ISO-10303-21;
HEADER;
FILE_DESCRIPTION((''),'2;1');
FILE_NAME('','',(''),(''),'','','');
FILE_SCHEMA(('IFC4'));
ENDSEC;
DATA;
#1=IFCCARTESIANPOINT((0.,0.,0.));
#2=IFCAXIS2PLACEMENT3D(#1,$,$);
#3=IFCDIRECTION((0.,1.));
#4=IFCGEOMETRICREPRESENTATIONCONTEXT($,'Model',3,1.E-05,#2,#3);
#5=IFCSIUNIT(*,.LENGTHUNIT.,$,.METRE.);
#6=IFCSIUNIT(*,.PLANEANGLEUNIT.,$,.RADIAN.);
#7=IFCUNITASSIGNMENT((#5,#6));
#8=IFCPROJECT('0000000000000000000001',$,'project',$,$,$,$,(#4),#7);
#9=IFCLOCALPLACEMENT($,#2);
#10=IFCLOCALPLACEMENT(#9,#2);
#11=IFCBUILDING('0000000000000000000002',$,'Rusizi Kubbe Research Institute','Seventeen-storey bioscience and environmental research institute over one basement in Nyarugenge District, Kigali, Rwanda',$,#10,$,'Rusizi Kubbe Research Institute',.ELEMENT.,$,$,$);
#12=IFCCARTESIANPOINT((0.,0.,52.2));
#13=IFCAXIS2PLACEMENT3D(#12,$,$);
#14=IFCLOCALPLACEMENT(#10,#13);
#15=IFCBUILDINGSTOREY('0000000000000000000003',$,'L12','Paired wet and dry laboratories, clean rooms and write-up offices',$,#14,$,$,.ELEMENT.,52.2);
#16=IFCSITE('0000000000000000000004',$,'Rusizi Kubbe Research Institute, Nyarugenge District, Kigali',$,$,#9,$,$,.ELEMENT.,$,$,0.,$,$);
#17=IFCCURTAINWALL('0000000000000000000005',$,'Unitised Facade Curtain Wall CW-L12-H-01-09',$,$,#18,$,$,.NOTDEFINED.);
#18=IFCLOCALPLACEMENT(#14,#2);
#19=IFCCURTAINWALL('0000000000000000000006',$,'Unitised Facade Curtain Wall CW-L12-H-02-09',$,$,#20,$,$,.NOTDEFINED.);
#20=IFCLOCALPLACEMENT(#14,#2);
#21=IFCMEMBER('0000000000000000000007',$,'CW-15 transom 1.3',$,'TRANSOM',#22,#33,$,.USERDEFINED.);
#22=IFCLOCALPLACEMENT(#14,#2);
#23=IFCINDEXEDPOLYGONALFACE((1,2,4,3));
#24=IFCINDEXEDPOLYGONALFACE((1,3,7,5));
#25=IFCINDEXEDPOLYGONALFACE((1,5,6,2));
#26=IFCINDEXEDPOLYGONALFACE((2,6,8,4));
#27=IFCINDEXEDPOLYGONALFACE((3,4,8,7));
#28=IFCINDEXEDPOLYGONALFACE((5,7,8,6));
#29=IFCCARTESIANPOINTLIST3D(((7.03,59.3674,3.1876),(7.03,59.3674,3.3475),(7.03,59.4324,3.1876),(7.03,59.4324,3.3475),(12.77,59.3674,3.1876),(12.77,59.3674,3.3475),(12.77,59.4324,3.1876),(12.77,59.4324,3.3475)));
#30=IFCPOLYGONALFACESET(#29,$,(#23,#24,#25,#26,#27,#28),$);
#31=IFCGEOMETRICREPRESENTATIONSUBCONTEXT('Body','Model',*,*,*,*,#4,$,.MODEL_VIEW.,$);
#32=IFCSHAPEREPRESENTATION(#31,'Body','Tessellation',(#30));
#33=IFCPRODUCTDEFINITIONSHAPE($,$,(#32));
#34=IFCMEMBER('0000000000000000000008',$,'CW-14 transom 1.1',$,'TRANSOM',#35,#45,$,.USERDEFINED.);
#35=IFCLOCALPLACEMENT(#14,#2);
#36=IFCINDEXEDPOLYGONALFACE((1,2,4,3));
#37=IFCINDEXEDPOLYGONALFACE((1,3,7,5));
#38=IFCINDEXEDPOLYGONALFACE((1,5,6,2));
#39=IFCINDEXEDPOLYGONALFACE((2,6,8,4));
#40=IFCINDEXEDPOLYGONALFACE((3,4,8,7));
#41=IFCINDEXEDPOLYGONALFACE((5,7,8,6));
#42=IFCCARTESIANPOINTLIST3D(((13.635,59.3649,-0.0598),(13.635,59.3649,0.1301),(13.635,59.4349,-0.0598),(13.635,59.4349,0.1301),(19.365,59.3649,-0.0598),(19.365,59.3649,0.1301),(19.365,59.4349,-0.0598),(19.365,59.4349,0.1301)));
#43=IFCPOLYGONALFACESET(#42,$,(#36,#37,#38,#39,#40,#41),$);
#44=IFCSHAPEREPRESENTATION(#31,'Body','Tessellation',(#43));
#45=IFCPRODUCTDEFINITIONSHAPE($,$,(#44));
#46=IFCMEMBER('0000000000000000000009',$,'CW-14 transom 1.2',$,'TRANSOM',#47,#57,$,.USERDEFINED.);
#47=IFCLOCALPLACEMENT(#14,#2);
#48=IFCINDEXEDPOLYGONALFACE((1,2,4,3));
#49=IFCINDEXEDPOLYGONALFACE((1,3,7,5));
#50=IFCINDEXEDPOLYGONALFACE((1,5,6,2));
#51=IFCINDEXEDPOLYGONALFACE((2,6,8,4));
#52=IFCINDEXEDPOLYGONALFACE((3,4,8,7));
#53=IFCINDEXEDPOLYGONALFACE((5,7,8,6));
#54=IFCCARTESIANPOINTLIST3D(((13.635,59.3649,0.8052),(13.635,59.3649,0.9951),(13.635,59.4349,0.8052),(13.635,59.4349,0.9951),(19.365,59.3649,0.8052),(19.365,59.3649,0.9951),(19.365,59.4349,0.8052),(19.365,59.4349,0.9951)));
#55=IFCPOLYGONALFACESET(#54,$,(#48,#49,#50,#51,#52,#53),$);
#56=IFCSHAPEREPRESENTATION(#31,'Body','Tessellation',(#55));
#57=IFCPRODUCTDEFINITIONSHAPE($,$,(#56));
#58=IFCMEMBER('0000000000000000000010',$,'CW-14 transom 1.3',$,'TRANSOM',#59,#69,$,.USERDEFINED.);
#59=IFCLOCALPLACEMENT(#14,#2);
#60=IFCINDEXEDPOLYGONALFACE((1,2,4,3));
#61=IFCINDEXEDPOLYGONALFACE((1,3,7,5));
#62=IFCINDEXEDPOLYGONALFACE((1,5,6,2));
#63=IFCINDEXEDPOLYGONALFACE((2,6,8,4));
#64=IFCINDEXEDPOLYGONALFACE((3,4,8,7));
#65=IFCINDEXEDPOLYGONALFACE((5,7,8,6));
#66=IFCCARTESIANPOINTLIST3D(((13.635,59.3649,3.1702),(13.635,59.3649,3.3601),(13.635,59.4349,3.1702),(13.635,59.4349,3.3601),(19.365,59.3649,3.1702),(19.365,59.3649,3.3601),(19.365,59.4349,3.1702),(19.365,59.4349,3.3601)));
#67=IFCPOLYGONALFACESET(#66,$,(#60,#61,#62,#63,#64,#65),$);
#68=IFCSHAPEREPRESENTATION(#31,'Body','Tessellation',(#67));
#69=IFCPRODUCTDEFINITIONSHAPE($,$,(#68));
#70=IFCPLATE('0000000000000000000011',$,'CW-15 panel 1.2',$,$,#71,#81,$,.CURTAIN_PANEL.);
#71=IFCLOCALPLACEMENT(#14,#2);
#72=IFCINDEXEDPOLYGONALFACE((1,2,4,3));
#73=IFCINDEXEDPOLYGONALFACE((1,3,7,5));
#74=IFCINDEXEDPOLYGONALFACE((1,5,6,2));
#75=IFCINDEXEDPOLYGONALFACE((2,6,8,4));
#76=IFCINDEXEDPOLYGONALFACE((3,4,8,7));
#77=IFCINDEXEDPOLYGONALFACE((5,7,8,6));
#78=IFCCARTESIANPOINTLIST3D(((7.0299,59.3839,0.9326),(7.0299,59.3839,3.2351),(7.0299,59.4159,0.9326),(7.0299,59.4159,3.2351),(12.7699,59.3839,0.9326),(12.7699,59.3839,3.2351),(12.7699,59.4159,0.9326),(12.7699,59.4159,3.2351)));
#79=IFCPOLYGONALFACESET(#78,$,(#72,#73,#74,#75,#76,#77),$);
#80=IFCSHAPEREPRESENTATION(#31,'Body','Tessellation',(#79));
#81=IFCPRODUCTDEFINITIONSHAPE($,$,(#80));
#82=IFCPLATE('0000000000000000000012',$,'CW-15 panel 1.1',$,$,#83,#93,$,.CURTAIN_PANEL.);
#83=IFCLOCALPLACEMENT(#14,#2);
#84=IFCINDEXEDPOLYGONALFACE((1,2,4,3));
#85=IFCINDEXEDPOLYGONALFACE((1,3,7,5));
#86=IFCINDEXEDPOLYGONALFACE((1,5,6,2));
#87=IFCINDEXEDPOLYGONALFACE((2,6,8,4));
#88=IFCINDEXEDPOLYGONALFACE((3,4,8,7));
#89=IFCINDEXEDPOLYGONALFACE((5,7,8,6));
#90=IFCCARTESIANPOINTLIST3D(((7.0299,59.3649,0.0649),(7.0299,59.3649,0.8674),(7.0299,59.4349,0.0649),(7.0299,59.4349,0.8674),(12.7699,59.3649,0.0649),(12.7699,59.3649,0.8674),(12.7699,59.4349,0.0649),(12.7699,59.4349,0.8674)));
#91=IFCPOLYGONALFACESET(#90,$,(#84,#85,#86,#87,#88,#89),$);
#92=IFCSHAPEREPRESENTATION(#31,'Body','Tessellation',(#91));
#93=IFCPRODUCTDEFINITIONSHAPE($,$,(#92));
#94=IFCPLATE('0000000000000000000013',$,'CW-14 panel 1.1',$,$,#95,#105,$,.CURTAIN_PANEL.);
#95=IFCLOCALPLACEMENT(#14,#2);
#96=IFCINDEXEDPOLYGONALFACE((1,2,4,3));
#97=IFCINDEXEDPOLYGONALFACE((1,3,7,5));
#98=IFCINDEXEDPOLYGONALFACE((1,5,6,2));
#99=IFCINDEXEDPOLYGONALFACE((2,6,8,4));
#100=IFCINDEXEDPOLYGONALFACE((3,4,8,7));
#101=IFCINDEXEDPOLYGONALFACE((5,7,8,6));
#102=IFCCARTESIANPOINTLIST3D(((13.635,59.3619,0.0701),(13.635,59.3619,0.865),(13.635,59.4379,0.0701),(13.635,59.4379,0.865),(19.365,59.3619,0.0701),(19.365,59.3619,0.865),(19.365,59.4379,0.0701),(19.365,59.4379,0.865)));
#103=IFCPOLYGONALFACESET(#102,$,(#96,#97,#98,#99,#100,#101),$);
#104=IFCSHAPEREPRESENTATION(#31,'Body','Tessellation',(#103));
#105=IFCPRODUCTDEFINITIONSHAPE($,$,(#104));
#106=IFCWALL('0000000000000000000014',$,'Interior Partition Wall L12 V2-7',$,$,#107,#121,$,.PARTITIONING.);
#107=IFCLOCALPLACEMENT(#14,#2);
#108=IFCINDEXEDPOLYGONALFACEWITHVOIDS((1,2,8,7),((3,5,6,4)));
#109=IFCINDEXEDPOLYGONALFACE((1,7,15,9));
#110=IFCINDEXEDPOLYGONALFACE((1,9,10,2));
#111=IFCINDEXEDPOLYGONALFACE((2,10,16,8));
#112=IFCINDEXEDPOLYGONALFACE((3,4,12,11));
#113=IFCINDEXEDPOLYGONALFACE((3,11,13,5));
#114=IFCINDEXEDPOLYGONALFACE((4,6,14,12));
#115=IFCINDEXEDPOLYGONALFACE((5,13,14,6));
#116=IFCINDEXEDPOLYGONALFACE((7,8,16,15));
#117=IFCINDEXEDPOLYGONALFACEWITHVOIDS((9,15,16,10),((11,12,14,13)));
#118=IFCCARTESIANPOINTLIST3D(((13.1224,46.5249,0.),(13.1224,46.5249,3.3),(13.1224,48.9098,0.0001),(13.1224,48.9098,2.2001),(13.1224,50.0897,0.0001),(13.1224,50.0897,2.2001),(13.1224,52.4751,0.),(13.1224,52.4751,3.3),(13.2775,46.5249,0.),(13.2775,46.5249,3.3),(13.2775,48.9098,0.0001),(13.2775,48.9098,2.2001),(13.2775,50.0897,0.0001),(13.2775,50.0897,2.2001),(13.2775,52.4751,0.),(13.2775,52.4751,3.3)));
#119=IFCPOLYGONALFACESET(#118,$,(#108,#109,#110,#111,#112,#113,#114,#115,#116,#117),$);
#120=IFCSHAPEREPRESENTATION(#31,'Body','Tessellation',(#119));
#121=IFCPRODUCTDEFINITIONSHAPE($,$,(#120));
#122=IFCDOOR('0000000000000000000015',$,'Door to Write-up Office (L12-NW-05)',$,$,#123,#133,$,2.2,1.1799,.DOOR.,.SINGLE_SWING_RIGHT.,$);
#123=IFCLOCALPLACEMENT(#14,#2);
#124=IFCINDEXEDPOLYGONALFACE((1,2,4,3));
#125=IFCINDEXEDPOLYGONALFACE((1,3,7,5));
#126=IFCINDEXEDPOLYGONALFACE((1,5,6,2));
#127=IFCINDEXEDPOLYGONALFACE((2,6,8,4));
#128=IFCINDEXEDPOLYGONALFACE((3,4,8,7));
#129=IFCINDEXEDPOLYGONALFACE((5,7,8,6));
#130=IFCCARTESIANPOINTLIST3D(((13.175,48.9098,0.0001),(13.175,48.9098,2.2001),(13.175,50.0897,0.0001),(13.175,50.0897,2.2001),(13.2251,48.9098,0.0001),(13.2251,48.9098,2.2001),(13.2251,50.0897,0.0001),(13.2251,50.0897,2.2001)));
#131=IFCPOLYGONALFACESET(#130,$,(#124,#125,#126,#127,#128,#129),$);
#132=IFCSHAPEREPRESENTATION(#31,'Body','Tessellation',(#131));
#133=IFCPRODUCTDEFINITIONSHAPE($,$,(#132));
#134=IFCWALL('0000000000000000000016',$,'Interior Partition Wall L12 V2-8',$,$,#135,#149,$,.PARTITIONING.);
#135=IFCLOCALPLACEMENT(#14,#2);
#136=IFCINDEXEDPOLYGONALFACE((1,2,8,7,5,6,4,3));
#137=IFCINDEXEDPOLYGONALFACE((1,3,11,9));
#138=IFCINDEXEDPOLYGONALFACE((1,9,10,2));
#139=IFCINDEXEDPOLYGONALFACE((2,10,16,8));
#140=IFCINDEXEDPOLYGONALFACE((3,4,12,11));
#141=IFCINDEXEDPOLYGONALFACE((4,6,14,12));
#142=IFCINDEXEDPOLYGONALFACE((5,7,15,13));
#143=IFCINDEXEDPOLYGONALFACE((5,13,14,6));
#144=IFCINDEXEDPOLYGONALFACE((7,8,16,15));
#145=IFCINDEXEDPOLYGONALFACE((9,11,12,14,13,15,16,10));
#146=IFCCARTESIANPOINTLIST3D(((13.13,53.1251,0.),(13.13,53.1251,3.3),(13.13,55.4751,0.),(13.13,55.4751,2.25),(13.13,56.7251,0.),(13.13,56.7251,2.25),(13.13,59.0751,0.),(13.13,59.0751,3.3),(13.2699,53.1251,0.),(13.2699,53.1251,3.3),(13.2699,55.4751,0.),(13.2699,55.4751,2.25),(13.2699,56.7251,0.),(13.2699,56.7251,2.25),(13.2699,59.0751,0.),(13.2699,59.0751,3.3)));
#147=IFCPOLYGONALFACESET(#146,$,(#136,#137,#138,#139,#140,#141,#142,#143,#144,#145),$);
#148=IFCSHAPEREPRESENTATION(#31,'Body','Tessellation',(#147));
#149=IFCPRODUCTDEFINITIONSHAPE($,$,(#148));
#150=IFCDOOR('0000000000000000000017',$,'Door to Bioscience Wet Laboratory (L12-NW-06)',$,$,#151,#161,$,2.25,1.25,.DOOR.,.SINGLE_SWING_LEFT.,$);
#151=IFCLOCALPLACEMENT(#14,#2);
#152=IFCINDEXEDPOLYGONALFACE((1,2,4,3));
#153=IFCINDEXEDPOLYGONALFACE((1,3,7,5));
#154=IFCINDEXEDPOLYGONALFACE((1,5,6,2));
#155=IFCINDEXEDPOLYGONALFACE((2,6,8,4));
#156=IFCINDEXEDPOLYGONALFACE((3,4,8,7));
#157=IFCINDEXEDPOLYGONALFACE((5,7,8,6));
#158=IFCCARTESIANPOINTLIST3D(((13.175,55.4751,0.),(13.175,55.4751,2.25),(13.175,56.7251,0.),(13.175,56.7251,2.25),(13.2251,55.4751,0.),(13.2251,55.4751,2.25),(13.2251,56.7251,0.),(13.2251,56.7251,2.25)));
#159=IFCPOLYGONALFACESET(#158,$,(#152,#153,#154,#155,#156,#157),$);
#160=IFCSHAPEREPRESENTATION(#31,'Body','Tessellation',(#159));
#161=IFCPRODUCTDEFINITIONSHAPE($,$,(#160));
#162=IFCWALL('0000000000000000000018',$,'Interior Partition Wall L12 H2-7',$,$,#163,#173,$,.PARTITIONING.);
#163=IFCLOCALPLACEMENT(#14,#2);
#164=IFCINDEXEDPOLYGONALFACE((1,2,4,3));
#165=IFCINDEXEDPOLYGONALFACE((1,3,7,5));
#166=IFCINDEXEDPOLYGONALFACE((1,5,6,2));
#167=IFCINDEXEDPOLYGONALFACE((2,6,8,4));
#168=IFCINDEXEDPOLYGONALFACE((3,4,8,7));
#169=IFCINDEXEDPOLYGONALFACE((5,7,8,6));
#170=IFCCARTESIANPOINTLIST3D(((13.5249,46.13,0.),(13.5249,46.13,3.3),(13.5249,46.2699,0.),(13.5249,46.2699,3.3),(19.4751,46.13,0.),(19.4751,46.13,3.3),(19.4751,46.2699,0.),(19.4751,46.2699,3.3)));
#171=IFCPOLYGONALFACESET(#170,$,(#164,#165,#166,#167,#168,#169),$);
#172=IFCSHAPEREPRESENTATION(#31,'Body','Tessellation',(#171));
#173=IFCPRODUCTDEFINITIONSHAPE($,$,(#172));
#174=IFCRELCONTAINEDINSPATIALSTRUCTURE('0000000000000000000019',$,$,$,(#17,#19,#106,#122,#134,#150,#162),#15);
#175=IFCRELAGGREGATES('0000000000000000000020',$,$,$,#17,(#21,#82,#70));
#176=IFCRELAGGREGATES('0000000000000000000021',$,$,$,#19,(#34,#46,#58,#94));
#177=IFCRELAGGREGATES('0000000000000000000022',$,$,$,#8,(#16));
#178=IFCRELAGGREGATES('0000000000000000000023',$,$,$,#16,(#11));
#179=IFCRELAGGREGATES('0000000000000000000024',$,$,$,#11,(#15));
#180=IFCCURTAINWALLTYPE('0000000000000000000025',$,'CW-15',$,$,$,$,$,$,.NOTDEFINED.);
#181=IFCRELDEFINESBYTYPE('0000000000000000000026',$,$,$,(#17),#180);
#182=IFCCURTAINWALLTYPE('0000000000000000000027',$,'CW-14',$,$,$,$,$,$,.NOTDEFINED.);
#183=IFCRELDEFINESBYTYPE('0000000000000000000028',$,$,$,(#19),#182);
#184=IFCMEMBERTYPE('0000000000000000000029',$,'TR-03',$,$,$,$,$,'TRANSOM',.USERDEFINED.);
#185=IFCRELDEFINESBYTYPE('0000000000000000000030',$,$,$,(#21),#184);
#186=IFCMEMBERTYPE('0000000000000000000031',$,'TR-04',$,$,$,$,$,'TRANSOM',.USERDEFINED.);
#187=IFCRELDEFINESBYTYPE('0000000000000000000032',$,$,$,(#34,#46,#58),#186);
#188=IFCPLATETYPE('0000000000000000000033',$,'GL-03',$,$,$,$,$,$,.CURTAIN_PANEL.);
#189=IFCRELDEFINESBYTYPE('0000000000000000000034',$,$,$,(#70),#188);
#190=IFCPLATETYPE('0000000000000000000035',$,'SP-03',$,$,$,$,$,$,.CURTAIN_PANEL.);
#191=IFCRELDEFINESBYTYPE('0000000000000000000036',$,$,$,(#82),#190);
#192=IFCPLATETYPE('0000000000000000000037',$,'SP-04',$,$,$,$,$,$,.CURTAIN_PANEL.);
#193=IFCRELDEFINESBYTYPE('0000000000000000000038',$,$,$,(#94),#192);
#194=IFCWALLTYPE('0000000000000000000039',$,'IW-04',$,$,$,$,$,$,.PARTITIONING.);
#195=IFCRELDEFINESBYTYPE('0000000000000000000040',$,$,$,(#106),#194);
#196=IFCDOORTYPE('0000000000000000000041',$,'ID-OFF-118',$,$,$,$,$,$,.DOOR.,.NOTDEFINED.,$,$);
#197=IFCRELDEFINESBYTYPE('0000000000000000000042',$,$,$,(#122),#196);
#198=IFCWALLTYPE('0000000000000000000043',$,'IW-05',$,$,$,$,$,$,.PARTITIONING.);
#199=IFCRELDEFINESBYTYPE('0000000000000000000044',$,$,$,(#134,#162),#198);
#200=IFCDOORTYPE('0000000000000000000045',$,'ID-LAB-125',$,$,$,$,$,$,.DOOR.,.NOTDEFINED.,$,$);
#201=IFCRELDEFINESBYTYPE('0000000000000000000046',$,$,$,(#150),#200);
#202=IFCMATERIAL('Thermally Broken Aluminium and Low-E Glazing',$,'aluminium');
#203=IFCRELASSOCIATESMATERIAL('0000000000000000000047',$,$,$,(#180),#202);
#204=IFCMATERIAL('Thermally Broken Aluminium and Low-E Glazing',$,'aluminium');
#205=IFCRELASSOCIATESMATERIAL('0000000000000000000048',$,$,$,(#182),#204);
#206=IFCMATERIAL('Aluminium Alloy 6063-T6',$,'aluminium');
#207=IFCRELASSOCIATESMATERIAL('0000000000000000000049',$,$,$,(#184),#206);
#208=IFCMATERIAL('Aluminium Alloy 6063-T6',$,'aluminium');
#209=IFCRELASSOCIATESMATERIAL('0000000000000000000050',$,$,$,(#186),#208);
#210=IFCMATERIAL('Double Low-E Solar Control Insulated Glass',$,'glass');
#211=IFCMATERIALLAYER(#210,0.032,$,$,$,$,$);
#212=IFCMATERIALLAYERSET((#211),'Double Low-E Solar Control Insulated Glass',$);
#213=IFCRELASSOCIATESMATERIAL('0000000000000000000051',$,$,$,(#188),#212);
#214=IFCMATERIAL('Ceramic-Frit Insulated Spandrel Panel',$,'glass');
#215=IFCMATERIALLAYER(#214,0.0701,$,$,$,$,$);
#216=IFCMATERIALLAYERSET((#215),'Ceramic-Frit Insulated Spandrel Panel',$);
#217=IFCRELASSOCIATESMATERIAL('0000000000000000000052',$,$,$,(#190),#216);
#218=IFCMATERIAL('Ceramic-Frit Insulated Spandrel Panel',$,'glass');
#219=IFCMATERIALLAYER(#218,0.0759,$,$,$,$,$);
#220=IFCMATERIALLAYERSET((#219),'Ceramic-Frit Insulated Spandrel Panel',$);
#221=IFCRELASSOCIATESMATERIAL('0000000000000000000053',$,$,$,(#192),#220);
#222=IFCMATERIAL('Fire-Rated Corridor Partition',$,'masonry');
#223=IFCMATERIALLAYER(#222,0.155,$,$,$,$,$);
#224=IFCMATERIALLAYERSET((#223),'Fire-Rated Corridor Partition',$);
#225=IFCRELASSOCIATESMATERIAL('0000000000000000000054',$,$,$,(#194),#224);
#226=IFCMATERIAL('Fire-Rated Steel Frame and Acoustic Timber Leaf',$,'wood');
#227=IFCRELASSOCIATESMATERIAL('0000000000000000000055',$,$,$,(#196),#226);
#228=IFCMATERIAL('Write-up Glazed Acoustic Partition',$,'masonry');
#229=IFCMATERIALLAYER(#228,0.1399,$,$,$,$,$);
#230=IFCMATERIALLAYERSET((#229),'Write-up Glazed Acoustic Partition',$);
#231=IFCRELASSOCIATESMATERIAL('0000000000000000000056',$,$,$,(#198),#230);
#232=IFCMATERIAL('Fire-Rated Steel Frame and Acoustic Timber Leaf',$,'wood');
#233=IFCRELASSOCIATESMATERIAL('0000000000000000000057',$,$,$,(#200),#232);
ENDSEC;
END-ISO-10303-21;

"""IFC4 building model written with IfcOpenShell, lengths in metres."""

from ifc_helpers import new_model, si_unit, direction, frame, frame_2d, origin, origin_2d, place, context, subcontext, project, spatial, rectangle, extrude, material, layer, layer_set, material_profile, profile_set, type_object, element, fill, aggregate, save


model = new_model("IFC4")

# Units and contexts
model_context = context("Model", 3, precision=1e-05, world=origin(), true_north=direction((0.0, 1.0)))
body_context = subcontext(model_context, "Body", "Model", "MODEL_VIEW")
ifc_project = project(units=[si_unit("LENGTHUNIT", "METRE"), si_unit("PLANEANGLEUNIT", "RADIAN")], contexts=[model_context])

# Site, building, storey
site_placement = place(None, origin())
site = spatial("IfcSite", under=ifc_project, at=site_placement, Name="Rusizi Kubbe Research Institute, Nyarugenge District, Kigali", CompositionType="ELEMENT", RefElevation=0.0)
building_placement = place(site_placement, origin())
building = spatial("IfcBuilding", under=site, at=building_placement, Name="Rusizi Kubbe Research Institute", Description="Seventeen-storey bioscience and environmental research institute over one basement in Nyarugenge District, Kigali, Rwanda", LongName="Rusizi Kubbe Research Institute", CompositionType="ELEMENT")
storey_placement = place(building_placement, frame((0.0, 0.0, 52.2)))
storey = spatial("IfcBuildingStorey", under=building, at=storey_placement, Name="L12", Description="Paired wet and dry laboratories, clean rooms and write-up offices", CompositionType="ELEMENT", Elevation=52.2)

# Curtain wall
ifc_material_1 = material(Name="Thermally Broken Aluminium and Low-E Glazing", Category="aluminium")
curtain_wall_type_1 = type_object("IfcCurtainWallType", Name="CW-15", PredefinedType="NOTDEFINED", material=ifc_material_1)
curtain_wall_1_placement = place(storey_placement, origin())
curtain_wall_1 = element("IfcCurtainWall", 1, at=curtain_wall_1_placement, inside=storey, type_object=curtain_wall_type_1, Name="Unitised Facade Curtain Wall CW-L12-H-01-09", PredefinedType="NOTDEFINED")

# Curtain wall
ifc_material_2 = material(Name="Thermally Broken Aluminium and Low-E Glazing", Category="aluminium")
curtain_wall_type_2 = type_object("IfcCurtainWallType", Name="CW-14", PredefinedType="NOTDEFINED", material=ifc_material_2)
curtain_wall_2_placement = place(storey_placement, origin())
curtain_wall_2 = element("IfcCurtainWall", 2, at=curtain_wall_2_placement, inside=storey, type_object=curtain_wall_type_2, Name="Unitised Facade Curtain Wall CW-L12-H-02-09", PredefinedType="NOTDEFINED")

# Members
ifc_material_3 = material(Name="Aluminium Alloy 6063-T6", Category="aluminium")
ifc_material_profile_1 = material_profile(ifc_material_3, rectangle(XDim=0.0649, YDim=0.1599, at=origin_2d()), Name="ALU-T 65x160")
ifc_profile_set_1 = profile_set([ifc_material_profile_1], Name="Aluminium Alloy 6063-T6")
member_type_1 = type_object("IfcMemberType", Name="TR-03", ElementType="TRANSOM", PredefinedType="USERDEFINED", material=ifc_profile_set_1)
member_1_placement = place(storey_placement, frame((7.03, 59.3999, 3.2676), z_axis=(1.0, 0.0, 0.0), x_axis=(0.0, 1.0, 0.0)))
member_1 = element("IfcMember", 3, at=member_1_placement, type_object=member_type_1, Name="CW-15 transom 1.3", ObjectType="TRANSOM", PredefinedType="USERDEFINED", context=body_context, shape_type="SweptSolid", body=[
    extrude(rectangle(XDim=0.0649, YDim=0.1599, at=origin_2d()), origin(), (0.0, 0.0, 1.0), 5.74),
])
ifc_material_4 = material(Name="Aluminium Alloy 6063-T6", Category="aluminium")
ifc_material_profile_2 = material_profile(ifc_material_4, rectangle(XDim=0.0701, YDim=0.1899, at=origin_2d()), Name="ALU-T 70x190")
ifc_profile_set_2 = profile_set([ifc_material_profile_2], Name="Aluminium Alloy 6063-T6")
member_type_2 = type_object("IfcMemberType", Name="TR-04", ElementType="TRANSOM", PredefinedType="USERDEFINED", material=ifc_profile_set_2)
member_2_placement = place(storey_placement, frame((13.635, 59.3999, 0.0352), z_axis=(1.0, 0.0, 0.0), x_axis=(0.0, 1.0, 0.0)))
member_2 = element("IfcMember", 4, at=member_2_placement, type_object=member_type_2, Name="CW-14 transom 1.1", ObjectType="TRANSOM", PredefinedType="USERDEFINED", context=body_context, shape_type="SweptSolid", body=[
    extrude(rectangle(XDim=0.0701, YDim=0.1899, at=origin_2d()), origin(), (0.0, 0.0, 1.0), 5.73),
])
member_3_placement = place(storey_placement, frame((13.635, 59.3999, 0.9001), z_axis=(1.0, 0.0, 0.0), x_axis=(0.0, 1.0, 0.0)))
member_3 = element("IfcMember", 5, at=member_3_placement, type_object=member_type_2, Name="CW-14 transom 1.2", ObjectType="TRANSOM", PredefinedType="USERDEFINED", context=body_context, shape_type="SweptSolid", body=[
    extrude(rectangle(XDim=0.0701, YDim=0.1899, at=origin_2d()), origin(), (0.0, 0.0, 1.0), 5.73),
])
member_4_placement = place(storey_placement, frame((13.635, 59.3999, 3.2651), z_axis=(1.0, 0.0, 0.0), x_axis=(0.0, 1.0, 0.0)))
member_4 = element("IfcMember", 6, at=member_4_placement, type_object=member_type_2, Name="CW-14 transom 1.3", ObjectType="TRANSOM", PredefinedType="USERDEFINED", context=body_context, shape_type="SweptSolid", body=[
    extrude(rectangle(XDim=0.0701, YDim=0.1899, at=origin_2d()), origin(), (0.0, 0.0, 1.0), 5.73),
])

# Plates
ifc_material_5 = material(Name="Double Low-E Solar Control Insulated Glass", Category="glass")
ifc_layer_1 = layer(ifc_material_5, 0.032)
ifc_layer_set_1 = layer_set([ifc_layer_1], Name="Double Low-E Solar Control Insulated Glass")
plate_type_1 = type_object("IfcPlateType", Name="GL-03", PredefinedType="CURTAIN_PANEL", material=ifc_layer_set_1)
plate_1_placement = place(storey_placement, frame((9.8999, 59.3999, 0.9326), z_axis=(0.0, 0.0, 1.0), x_axis=(1.0, 0.0, 0.0)))
plate_1 = element("IfcPlate", 7, at=plate_1_placement, type_object=plate_type_1, Name="CW-15 panel 1.2", PredefinedType="CURTAIN_PANEL", context=body_context, shape_type="SweptSolid", body=[
    extrude(rectangle(XDim=5.74, YDim=0.032, at=origin_2d()), origin(), (0.0, 0.0, 1.0), 2.3025),
])
ifc_material_6 = material(Name="Ceramic-Frit Insulated Spandrel Panel", Category="glass")
ifc_layer_2 = layer(ifc_material_6, 0.0701)
ifc_layer_set_2 = layer_set([ifc_layer_2], Name="Ceramic-Frit Insulated Spandrel Panel")
plate_type_2 = type_object("IfcPlateType", Name="SP-03", PredefinedType="CURTAIN_PANEL", material=ifc_layer_set_2)
plate_2_placement = place(storey_placement, frame((9.8999, 59.3999, 0.0649), z_axis=(0.0, 0.0, 1.0), x_axis=(1.0, 0.0, 0.0)))
plate_2 = element("IfcPlate", 8, at=plate_2_placement, type_object=plate_type_2, Name="CW-15 panel 1.1", PredefinedType="CURTAIN_PANEL", context=body_context, shape_type="SweptSolid", body=[
    extrude(rectangle(XDim=5.74, YDim=0.0701, at=origin_2d()), origin(), (0.0, 0.0, 1.0), 0.8025),
])
aggregate(curtain_wall_1, [member_1, plate_2, plate_1])
ifc_material_7 = material(Name="Ceramic-Frit Insulated Spandrel Panel", Category="glass")
ifc_layer_3 = layer(ifc_material_7, 0.0759)
ifc_layer_set_3 = layer_set([ifc_layer_3], Name="Ceramic-Frit Insulated Spandrel Panel")
plate_type_3 = type_object("IfcPlateType", Name="SP-04", PredefinedType="CURTAIN_PANEL", material=ifc_layer_set_3)
plate_3_placement = place(storey_placement, frame((16.5, 59.3999, 0.0701), z_axis=(0.0, 0.0, 1.0), x_axis=(1.0, 0.0, 0.0)))
plate_3 = element("IfcPlate", 9, at=plate_3_placement, type_object=plate_type_3, Name="CW-14 panel 1.1", PredefinedType="CURTAIN_PANEL", context=body_context, shape_type="SweptSolid", body=[
    extrude(rectangle(XDim=5.73, YDim=0.0759, at=origin_2d()), origin(), (0.0, 0.0, 1.0), 0.7949),
])
aggregate(curtain_wall_2, [member_2, member_3, member_4, plate_3])

# Walls, openings, doors
ifc_material_8 = material(Name="Fire-Rated Corridor Partition", Category="masonry")
ifc_layer_4 = layer(ifc_material_8, 0.155)
ifc_layer_set_4 = layer_set([ifc_layer_4], Name="Fire-Rated Corridor Partition")
wall_type_1 = type_object("IfcWallType", Name="IW-04", PredefinedType="PARTITIONING", material=ifc_layer_set_4)
wall_1_placement = place(storey_placement, frame((13.2, 46.5249, 0.0), z_axis=(0.0, 0.0, 1.0), x_axis=(0.0, 1.0, 0.0)))
wall_1 = element("IfcWall", 10, at=wall_1_placement, inside=storey, type_object=wall_type_1, Name="Interior Partition Wall L12 V2-7", PredefinedType="PARTITIONING", context=body_context, shape_type="SweptSolid", body=[
    extrude(rectangle(XDim=5.9502, YDim=0.155, at=frame_2d((2.9751, 0.0))), origin(), (0.0, 0.0, 1.0), 3.3),
])
opening_1_placement = place(wall_1_placement, frame((2.385, 0.0, 0.0)))
opening_1 = element("IfcOpeningElement", 11, at=opening_1_placement, cuts=wall_1, PredefinedType="OPENING", context=body_context, shape_type="SweptSolid", body=[
    extrude(rectangle(XDim=1.1799, YDim=2.2, at=frame_2d((0.5898, 1.1001))), frame((0.0, 0.0874, 0.0), z_axis=(0.0, -1.0, 0.0), x_axis=(1.0, 0.0, 0.0)), (0.0, 0.0, 1.0), 0.175),
])
ifc_material_9 = material(Name="Fire-Rated Steel Frame and Acoustic Timber Leaf", Category="wood")
door_type_1 = type_object("IfcDoorType", Name="ID-OFF-118", OperationType="NOTDEFINED", PredefinedType="DOOR", material=ifc_material_9)
door_1_placement = place(opening_1_placement, origin())
door_1 = element("IfcDoor", 12, at=door_1_placement, inside=storey, type_object=door_type_1, Name="Door to Write-up Office (L12-NW-05)", OperationType="SINGLE_SWING_RIGHT", OverallHeight=2.2, OverallWidth=1.1799, PredefinedType="DOOR", context=body_context, shape_type="SweptSolid", body=[
    extrude(rectangle(XDim=1.1799, YDim=2.2, at=frame_2d((0.5898, 1.1001))), frame((0.0, 0.0249, 0.0), z_axis=(0.0, -1.0, 0.0), x_axis=(1.0, 0.0, 0.0)), (0.0, 0.0, 1.0), 0.05),
])
fill(opening_1, door_1)
ifc_material_10 = material(Name="Write-up Glazed Acoustic Partition", Category="masonry")
ifc_layer_5 = layer(ifc_material_10, 0.1399)
ifc_layer_set_5 = layer_set([ifc_layer_5], Name="Write-up Glazed Acoustic Partition")
wall_type_2 = type_object("IfcWallType", Name="IW-05", PredefinedType="PARTITIONING", material=ifc_layer_set_5)
wall_2_placement = place(storey_placement, frame((13.2, 53.125, 0.0), z_axis=(0.0, 0.0, 1.0), x_axis=(0.0, 1.0, 0.0)))
wall_2 = element("IfcWall", 13, at=wall_2_placement, inside=storey, type_object=wall_type_2, Name="Interior Partition Wall L12 V2-8", PredefinedType="PARTITIONING", context=body_context, shape_type="SweptSolid", body=[
    extrude(rectangle(XDim=5.95, YDim=0.1399, at=frame_2d((2.9751, 0.0))), origin(), (0.0, 0.0, 1.0), 3.3),
])
opening_2_placement = place(wall_2_placement, frame((2.3501, 0.0, 0.0)))
opening_2 = element("IfcOpeningElement", 14, at=opening_2_placement, cuts=wall_2, PredefinedType="OPENING", context=body_context, shape_type="SweptSolid", body=[
    extrude(rectangle(XDim=1.25, YDim=2.25, at=frame_2d((0.625, 1.125))), frame((0.0, 0.0798, 0.0), z_axis=(0.0, -1.0, 0.0), x_axis=(1.0, 0.0, 0.0)), (0.0, 0.0, 1.0), 0.1599),
])
ifc_material_11 = material(Name="Fire-Rated Steel Frame and Acoustic Timber Leaf", Category="wood")
door_type_2 = type_object("IfcDoorType", Name="ID-LAB-125", OperationType="NOTDEFINED", PredefinedType="DOOR", material=ifc_material_11)
door_2_placement = place(opening_2_placement, origin())
door_2 = element("IfcDoor", 15, at=door_2_placement, inside=storey, type_object=door_type_2, Name="Door to Bioscience Wet Laboratory (L12-NW-06)", OperationType="SINGLE_SWING_LEFT", OverallHeight=2.25, OverallWidth=1.25, PredefinedType="DOOR", context=body_context, shape_type="SweptSolid", body=[
    extrude(rectangle(XDim=1.25, YDim=2.25, at=frame_2d((0.625, 1.125))), frame((0.0, 0.0249, 0.0), z_axis=(0.0, -1.0, 0.0), x_axis=(1.0, 0.0, 0.0)), (0.0, 0.0, 1.0), 0.05),
])
fill(opening_2, door_2)

# Wall
wall_3_placement = place(storey_placement, frame((13.5249, 46.2, 0.0), z_axis=(0.0, 0.0, 1.0), x_axis=(1.0, 0.0, 0.0)))
element("IfcWall", 16, at=wall_3_placement, inside=storey, type_object=wall_type_2, Name="Interior Partition Wall L12 H2-7", PredefinedType="PARTITIONING", context=body_context, shape_type="SweptSolid", body=[
    extrude(rectangle(XDim=5.9502, YDim=0.1399, at=frame_2d((2.9751, 0.0))), origin(), (0.0, 0.0, 1.0), 3.3),
])

save(model, "model.ifc")
